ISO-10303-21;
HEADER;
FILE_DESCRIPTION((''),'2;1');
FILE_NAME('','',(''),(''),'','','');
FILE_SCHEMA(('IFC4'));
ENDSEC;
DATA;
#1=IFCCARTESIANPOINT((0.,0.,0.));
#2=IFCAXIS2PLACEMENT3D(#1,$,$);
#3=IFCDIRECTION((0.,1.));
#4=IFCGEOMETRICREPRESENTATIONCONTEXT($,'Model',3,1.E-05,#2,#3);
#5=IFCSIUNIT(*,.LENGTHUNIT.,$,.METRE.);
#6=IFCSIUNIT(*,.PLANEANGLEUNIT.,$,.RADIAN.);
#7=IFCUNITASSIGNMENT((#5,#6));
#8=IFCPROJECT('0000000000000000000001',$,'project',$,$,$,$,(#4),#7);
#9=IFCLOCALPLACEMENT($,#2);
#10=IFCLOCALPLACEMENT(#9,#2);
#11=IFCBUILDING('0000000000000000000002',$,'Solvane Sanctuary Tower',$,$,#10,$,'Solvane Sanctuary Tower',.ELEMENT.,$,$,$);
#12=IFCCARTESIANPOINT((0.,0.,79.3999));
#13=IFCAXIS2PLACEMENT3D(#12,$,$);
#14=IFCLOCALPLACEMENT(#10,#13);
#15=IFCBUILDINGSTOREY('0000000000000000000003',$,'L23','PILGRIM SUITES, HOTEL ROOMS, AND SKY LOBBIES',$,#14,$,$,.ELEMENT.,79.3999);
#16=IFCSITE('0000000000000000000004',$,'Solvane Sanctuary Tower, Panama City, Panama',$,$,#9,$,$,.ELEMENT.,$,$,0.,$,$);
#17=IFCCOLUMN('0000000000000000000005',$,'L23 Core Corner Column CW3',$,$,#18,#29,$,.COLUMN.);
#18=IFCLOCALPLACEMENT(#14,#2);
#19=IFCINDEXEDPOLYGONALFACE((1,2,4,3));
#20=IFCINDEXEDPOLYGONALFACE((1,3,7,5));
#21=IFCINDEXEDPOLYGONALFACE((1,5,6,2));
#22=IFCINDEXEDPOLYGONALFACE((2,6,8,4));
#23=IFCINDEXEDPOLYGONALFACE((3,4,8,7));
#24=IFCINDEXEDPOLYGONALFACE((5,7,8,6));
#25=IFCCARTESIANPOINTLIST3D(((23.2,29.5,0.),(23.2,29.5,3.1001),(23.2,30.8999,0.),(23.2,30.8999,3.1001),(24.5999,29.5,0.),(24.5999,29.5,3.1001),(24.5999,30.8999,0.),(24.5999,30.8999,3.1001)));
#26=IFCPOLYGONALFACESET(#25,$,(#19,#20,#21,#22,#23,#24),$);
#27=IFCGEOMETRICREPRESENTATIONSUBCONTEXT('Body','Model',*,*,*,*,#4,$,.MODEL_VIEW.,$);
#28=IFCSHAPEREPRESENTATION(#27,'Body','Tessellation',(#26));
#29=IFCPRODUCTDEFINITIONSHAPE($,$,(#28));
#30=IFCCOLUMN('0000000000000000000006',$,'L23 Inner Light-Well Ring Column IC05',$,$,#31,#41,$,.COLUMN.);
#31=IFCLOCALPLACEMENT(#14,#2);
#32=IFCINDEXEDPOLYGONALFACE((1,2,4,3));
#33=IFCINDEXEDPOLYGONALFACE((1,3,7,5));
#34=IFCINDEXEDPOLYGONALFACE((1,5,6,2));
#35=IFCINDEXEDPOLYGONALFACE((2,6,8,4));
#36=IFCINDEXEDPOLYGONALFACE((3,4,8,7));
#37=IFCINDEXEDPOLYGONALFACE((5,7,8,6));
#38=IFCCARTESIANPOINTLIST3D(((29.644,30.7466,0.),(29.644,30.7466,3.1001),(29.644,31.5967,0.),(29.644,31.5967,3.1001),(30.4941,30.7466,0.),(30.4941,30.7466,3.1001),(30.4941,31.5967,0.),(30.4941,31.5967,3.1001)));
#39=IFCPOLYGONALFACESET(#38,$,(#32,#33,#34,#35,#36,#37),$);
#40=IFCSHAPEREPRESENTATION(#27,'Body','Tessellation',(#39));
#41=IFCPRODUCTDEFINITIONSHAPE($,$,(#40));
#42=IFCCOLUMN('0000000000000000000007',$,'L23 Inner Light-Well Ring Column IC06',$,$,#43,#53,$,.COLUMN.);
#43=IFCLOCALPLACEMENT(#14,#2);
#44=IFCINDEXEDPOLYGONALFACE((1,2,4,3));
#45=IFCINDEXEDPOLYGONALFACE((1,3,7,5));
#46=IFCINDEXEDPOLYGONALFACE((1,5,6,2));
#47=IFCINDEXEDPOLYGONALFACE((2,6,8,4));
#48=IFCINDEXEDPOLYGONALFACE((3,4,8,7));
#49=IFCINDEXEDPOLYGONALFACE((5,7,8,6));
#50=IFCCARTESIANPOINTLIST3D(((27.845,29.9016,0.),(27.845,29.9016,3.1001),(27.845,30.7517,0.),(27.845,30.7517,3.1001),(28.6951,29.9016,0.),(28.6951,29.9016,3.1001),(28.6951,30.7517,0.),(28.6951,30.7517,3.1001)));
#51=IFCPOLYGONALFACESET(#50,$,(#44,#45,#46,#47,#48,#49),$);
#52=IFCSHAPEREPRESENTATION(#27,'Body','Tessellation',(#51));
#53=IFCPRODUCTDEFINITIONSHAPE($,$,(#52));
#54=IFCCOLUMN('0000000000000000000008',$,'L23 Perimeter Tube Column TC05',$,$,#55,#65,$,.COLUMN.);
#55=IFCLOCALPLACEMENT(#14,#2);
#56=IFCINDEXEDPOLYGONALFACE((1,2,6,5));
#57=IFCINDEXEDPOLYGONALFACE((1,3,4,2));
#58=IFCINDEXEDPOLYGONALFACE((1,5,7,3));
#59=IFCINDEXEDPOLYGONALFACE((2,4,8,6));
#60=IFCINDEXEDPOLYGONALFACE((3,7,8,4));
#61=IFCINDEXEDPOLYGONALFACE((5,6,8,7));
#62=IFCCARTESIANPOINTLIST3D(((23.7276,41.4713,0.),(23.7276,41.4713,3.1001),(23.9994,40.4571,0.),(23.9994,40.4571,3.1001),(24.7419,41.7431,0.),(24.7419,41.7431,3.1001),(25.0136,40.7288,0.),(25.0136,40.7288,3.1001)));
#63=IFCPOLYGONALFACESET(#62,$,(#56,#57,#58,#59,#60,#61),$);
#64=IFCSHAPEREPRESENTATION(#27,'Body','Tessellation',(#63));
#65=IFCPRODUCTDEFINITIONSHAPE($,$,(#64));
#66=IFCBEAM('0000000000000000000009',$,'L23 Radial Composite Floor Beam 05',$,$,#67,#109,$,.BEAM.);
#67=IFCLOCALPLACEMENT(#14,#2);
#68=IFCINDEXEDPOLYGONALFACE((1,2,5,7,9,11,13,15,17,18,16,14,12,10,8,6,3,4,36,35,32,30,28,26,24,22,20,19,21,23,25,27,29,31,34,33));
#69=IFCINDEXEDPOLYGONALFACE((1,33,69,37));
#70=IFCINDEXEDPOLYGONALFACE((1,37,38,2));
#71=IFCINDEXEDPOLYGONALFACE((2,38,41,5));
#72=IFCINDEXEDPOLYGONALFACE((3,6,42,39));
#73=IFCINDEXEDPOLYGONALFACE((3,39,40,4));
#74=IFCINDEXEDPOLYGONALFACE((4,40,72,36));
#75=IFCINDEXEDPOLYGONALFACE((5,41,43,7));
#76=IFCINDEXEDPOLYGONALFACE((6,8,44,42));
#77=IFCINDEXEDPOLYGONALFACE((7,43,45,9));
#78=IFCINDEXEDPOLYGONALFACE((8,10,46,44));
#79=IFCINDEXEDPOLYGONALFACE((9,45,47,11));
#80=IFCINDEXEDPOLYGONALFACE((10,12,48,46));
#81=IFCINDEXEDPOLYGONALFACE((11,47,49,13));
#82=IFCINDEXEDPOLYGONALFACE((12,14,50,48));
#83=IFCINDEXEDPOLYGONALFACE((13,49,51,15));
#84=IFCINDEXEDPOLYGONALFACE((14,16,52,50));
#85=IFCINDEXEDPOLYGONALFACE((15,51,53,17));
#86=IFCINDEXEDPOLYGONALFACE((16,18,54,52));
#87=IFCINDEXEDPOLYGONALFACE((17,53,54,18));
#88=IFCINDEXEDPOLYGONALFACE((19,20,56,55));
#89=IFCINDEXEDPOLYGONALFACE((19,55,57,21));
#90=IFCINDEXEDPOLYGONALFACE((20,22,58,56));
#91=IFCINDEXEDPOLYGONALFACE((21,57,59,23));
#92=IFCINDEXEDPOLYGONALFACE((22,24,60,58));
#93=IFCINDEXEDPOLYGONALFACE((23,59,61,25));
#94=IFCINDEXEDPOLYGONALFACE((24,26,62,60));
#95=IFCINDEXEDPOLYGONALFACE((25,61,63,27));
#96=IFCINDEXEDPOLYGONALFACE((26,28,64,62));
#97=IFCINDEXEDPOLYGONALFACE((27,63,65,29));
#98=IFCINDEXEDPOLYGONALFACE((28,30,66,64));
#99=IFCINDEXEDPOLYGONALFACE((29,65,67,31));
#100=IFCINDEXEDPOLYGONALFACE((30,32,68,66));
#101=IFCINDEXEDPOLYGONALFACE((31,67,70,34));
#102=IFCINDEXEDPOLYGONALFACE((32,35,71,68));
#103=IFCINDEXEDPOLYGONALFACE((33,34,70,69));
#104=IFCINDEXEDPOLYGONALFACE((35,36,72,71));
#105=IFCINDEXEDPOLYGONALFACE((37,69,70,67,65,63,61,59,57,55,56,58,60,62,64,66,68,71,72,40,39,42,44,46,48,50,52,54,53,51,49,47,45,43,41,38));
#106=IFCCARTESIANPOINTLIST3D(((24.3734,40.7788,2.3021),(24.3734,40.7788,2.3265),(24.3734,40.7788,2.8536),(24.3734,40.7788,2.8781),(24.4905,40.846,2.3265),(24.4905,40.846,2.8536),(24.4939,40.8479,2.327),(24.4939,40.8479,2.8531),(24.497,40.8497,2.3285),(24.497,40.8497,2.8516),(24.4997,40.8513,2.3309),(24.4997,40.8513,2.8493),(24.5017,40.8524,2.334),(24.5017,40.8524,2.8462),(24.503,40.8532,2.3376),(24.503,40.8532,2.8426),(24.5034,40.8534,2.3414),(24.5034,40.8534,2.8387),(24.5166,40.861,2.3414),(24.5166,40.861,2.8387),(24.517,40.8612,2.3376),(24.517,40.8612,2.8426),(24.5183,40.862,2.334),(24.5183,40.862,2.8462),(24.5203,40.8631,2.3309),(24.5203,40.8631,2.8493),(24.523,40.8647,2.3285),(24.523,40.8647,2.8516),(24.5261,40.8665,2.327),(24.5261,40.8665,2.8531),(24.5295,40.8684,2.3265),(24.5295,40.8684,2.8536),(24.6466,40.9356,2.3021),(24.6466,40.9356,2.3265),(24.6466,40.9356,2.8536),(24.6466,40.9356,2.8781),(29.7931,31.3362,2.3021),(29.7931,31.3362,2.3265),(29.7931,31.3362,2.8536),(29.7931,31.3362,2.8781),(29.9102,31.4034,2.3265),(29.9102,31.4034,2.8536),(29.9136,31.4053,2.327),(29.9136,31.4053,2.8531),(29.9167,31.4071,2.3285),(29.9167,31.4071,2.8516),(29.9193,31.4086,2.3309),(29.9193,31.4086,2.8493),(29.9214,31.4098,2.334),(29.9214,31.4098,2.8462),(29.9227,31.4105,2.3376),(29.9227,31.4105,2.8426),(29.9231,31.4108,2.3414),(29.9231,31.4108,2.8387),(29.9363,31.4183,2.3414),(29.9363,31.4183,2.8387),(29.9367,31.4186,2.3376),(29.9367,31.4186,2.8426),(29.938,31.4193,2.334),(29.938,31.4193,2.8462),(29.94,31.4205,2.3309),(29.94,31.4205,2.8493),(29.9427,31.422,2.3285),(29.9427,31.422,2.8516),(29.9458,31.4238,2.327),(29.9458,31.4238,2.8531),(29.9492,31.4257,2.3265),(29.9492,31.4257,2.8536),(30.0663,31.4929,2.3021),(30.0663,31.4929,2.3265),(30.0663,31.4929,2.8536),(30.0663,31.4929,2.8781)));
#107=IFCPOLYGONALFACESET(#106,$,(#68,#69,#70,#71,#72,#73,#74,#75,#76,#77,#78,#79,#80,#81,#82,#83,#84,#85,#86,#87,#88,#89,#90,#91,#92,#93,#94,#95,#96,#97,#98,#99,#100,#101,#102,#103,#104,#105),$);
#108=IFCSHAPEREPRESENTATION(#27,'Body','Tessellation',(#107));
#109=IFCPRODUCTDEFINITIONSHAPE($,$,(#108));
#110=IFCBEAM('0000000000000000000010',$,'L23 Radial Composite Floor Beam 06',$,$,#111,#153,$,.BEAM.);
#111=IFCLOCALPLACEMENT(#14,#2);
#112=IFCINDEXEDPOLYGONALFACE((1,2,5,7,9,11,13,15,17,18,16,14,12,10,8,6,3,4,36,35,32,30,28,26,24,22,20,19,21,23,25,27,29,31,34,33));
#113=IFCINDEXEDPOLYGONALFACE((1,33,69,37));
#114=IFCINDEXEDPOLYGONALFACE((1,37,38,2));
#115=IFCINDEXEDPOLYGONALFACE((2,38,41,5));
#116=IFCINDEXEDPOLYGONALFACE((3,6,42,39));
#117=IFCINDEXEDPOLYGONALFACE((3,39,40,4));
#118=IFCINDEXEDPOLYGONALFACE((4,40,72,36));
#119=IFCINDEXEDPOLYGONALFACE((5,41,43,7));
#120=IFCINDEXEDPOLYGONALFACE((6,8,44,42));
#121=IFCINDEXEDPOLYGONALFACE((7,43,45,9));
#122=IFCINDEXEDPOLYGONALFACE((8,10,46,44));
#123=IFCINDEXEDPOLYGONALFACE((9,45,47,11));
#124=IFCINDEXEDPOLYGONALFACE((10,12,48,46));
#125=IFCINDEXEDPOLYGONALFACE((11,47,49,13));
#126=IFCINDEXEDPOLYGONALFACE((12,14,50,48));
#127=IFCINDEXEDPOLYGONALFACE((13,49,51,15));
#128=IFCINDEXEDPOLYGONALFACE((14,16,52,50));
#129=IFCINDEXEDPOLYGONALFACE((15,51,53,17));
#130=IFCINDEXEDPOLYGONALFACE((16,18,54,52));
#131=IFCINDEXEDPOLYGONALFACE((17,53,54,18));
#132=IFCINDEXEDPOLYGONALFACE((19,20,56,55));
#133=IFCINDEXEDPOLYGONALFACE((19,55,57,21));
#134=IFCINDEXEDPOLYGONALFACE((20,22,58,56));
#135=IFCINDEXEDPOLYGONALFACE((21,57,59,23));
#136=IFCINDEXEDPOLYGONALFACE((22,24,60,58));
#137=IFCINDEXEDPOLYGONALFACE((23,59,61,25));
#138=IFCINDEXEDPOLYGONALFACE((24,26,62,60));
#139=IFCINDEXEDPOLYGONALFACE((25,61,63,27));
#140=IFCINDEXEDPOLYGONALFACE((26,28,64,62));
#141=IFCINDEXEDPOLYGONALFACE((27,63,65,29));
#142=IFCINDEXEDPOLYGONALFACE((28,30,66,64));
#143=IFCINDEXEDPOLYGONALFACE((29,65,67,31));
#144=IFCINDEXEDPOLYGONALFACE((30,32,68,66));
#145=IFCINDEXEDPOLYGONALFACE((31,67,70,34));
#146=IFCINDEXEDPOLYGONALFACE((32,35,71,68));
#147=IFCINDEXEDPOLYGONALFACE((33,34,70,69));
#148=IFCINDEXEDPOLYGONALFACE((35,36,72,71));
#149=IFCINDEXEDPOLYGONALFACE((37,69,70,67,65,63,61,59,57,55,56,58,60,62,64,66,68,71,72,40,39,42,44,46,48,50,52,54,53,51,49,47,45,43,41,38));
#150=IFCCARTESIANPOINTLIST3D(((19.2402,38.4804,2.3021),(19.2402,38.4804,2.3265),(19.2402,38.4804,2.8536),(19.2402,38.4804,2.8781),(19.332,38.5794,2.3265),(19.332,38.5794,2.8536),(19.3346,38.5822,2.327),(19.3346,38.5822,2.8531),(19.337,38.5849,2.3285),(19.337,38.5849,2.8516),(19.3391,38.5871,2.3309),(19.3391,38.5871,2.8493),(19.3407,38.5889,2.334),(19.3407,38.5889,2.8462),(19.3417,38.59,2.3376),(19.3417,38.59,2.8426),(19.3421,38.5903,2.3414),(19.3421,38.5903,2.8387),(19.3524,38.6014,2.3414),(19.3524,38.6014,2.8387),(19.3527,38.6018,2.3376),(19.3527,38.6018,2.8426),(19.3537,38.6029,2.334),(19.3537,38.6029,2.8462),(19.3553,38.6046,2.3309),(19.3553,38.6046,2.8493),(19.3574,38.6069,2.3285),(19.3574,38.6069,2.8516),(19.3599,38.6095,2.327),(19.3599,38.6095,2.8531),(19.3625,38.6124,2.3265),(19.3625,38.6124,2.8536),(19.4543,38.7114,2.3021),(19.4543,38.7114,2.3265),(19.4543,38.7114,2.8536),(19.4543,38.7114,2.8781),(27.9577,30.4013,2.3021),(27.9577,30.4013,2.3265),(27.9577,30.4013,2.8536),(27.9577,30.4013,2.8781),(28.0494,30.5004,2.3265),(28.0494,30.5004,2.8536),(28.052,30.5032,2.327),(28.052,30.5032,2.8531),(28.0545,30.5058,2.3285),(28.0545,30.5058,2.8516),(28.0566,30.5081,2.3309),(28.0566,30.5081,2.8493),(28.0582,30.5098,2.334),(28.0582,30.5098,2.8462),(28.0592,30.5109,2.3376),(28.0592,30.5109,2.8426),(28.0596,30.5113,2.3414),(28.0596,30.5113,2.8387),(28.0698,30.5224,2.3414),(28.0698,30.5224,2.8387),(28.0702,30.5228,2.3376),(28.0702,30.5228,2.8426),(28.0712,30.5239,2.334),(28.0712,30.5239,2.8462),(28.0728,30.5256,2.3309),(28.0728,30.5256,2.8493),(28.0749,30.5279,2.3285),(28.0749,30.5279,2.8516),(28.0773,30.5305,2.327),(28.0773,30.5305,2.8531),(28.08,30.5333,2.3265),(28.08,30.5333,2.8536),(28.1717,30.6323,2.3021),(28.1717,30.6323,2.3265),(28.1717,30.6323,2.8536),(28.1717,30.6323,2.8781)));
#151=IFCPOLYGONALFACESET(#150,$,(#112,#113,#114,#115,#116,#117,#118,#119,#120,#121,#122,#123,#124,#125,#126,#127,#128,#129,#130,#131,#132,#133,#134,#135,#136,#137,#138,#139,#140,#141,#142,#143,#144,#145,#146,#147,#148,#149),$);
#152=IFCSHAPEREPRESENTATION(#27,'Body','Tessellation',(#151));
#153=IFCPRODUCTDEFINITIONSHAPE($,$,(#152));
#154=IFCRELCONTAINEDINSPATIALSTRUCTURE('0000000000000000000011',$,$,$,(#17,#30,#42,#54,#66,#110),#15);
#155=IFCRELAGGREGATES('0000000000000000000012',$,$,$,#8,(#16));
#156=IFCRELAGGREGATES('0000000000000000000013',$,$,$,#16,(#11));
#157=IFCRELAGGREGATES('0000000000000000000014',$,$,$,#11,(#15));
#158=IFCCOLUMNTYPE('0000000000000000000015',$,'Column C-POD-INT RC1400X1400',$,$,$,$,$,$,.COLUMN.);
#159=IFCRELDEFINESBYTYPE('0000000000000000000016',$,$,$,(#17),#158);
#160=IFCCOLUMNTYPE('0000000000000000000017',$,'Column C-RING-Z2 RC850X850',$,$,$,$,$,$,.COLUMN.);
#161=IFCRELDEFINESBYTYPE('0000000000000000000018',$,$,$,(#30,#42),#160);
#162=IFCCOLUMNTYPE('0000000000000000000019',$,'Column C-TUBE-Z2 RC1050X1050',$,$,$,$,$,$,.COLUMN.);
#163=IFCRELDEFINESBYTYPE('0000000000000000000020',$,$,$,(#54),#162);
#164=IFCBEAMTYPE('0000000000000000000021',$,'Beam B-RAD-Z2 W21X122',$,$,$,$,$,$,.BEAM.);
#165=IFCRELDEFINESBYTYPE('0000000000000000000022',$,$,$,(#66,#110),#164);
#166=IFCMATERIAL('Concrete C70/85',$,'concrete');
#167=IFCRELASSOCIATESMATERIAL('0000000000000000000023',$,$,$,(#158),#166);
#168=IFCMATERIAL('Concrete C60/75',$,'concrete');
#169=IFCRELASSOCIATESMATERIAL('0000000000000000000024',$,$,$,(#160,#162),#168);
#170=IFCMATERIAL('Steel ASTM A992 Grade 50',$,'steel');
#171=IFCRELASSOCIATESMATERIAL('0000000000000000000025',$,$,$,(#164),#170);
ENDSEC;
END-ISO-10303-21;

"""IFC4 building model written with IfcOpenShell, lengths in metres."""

from ifc_helpers import new_model, si_unit, direction, frame, origin, origin_2d, place, context, subcontext, project, spatial, rectangle, i_section, extrude, material, material_profile, profile_set, type_object, element, save


model = new_model("IFC4")

# Units and contexts
model_context = context("Model", 3, precision=1e-05, world=origin(), true_north=direction((0.0, 1.0)))
body_context = subcontext(model_context, "Body", "Model", "MODEL_VIEW")
ifc_project = project(units=[si_unit("LENGTHUNIT", "METRE"), si_unit("PLANEANGLEUNIT", "RADIAN")], contexts=[model_context])

# Site, building, storey
site_placement = place(None, origin())
site = spatial("IfcSite", under=ifc_project, at=site_placement, Name="Solvane Sanctuary Tower, Panama City, Panama", CompositionType="ELEMENT", RefElevation=0.0)
building_placement = place(site_placement, origin())
building = spatial("IfcBuilding", under=site, at=building_placement, Name="Solvane Sanctuary Tower", LongName="Solvane Sanctuary Tower", CompositionType="ELEMENT")
storey_placement = place(building_placement, frame((0.0, 0.0, 79.3999)))
storey = spatial("IfcBuildingStorey", under=building, at=storey_placement, Name="L23", Description="PILGRIM SUITES, HOTEL ROOMS, AND SKY LOBBIES", CompositionType="ELEMENT", Elevation=79.3999)

# Columns
ifc_material_1 = material(Name="Concrete C70/85", Category="concrete")
ifc_material_profile_1 = material_profile(ifc_material_1, rectangle(XDim=1.3999, YDim=1.3999, at=origin_2d()), Name="RC1400X1400")
ifc_profile_set_1 = profile_set([ifc_material_profile_1], Name="Concrete C70/85")
column_type_1 = type_object("IfcColumnType", Name="Column C-POD-INT RC1400X1400", PredefinedType="COLUMN", material=ifc_profile_set_1)
column_1_placement = place(storey_placement, frame((23.8999, 30.2, 0.0), z_axis=(0.0, 0.0, 1.0), x_axis=(1.0, 0.0, 0.0)))
element("IfcColumn", 1, at=column_1_placement, inside=storey, type_object=column_type_1, Name="L23 Core Corner Column CW3", PredefinedType="COLUMN", context=body_context, shape_type="SweptSolid", body=[
    extrude(rectangle(XDim=1.3999, YDim=1.3999, at=origin_2d()), origin(), (0.0, 0.0, 1.0), 3.1001),
])
ifc_material_2 = material(Name="Concrete C60/75", Category="concrete")
ifc_material_profile_2 = material_profile(ifc_material_2, rectangle(XDim=0.8501, YDim=0.8501, at=origin_2d()), Name="RC850X850")
ifc_profile_set_2 = profile_set([ifc_material_profile_2], Name="Concrete C60/75")
column_type_2 = type_object("IfcColumnType", Name="Column C-RING-Z2 RC850X850", PredefinedType="COLUMN", material=ifc_profile_set_2)
for number, where, z_axis, x_axis, name in (
    (2, (30.0691, 31.1716, 0.0), (0.0, 0.0, 1.0), (1.0, 0.0, 0.0), "L23 Inner Light-Well Ring Column IC05"),
    (3, (28.27, 30.3267, 0.0), (0.0, 0.0, 1.0), (1.0, 0.0, 0.0), "L23 Inner Light-Well Ring Column IC06"),
):
    element("IfcColumn", number, at=place(storey_placement, frame(where, z_axis=z_axis, x_axis=x_axis)), inside=storey, type_object=column_type_2, Name=name, PredefinedType="COLUMN", context=body_context, shape_type="SweptSolid", body=[
        extrude(rectangle(XDim=0.8501, YDim=0.8501, at=origin_2d()), origin(), (0.0, 0.0, 1.0), 3.1001),
    ])
ifc_material_profile_3 = material_profile(ifc_material_2, rectangle(XDim=1.05, YDim=1.05, at=origin_2d()), Name="RC1050X1050")
ifc_profile_set_3 = profile_set([ifc_material_profile_3], Name="Concrete C60/75")
column_type_3 = type_object("IfcColumnType", Name="Column C-TUBE-Z2 RC1050X1050", PredefinedType="COLUMN", material=ifc_profile_set_3)
column_2_placement = place(storey_placement, frame((24.3706, 41.1001, 0.0), z_axis=(0.0, 0.0, 1.0), x_axis=(-0.258819, 0.965926, 0.0)))
element("IfcColumn", 4, at=column_2_placement, inside=storey, type_object=column_type_3, Name="L23 Perimeter Tube Column TC05", PredefinedType="COLUMN", context=body_context, shape_type="SweptSolid", body=[
    extrude(rectangle(XDim=1.05, YDim=1.05, at=origin_2d()), origin(), (0.0, 0.0, 1.0), 3.1001),
])

# Beams
ifc_material_3 = material(Name="Steel ASTM A992 Grade 50", Category="steel")
ifc_material_profile_4 = material_profile(ifc_material_3, i_section(OverallWidth=0.3149, OverallDepth=0.5759, WebThickness=0.0151, FlangeThickness=0.0244, FilletRadius=0.0149, at=origin_2d()), Name="W21X122")
ifc_profile_set_4 = profile_set([ifc_material_profile_4], Name="Steel ASTM A992 Grade 50")
beam_type_1 = type_object("IfcBeamType", Name="Beam B-RAD-Z2 W21X122", PredefinedType="BEAM", material=ifc_profile_set_4)
beam_1_placement = place(storey_placement, frame((29.9297, 31.4146, 2.5901), z_axis=(-0.497792, 0.867296, 0.0), x_axis=(-0.867296, -0.497792, 0.0)))
element("IfcBeam", 5, at=beam_1_placement, inside=storey, type_object=beam_type_1, Name="L23 Radial Composite Floor Beam 05", PredefinedType="BEAM", context=body_context, shape_type="SweptSolid", body=[
    extrude(i_section(OverallWidth=0.3149, OverallDepth=0.5759, WebThickness=0.0151, FlangeThickness=0.0244, FilletRadius=0.0149, at=origin_2d()), origin(), (0.0, 0.0, 1.0), 10.8875),
])
beam_2_placement = place(storey_placement, frame((28.0647, 30.5168, 2.5901), z_axis=(-0.733454, 0.679739, 0.0), x_axis=(-0.679739, -0.733454, 0.0)))
element("IfcBeam", 6, at=beam_2_placement, inside=storey, type_object=beam_type_1, Name="L23 Radial Composite Floor Beam 06", PredefinedType="BEAM", context=body_context, shape_type="SweptSolid", body=[
    extrude(i_section(OverallWidth=0.3149, OverallDepth=0.5759, WebThickness=0.0151, FlangeThickness=0.0244, FilletRadius=0.0149, at=origin_2d()), origin(), (0.0, 0.0, 1.0), 11.8855),
])

save(model, "model.ifc")
